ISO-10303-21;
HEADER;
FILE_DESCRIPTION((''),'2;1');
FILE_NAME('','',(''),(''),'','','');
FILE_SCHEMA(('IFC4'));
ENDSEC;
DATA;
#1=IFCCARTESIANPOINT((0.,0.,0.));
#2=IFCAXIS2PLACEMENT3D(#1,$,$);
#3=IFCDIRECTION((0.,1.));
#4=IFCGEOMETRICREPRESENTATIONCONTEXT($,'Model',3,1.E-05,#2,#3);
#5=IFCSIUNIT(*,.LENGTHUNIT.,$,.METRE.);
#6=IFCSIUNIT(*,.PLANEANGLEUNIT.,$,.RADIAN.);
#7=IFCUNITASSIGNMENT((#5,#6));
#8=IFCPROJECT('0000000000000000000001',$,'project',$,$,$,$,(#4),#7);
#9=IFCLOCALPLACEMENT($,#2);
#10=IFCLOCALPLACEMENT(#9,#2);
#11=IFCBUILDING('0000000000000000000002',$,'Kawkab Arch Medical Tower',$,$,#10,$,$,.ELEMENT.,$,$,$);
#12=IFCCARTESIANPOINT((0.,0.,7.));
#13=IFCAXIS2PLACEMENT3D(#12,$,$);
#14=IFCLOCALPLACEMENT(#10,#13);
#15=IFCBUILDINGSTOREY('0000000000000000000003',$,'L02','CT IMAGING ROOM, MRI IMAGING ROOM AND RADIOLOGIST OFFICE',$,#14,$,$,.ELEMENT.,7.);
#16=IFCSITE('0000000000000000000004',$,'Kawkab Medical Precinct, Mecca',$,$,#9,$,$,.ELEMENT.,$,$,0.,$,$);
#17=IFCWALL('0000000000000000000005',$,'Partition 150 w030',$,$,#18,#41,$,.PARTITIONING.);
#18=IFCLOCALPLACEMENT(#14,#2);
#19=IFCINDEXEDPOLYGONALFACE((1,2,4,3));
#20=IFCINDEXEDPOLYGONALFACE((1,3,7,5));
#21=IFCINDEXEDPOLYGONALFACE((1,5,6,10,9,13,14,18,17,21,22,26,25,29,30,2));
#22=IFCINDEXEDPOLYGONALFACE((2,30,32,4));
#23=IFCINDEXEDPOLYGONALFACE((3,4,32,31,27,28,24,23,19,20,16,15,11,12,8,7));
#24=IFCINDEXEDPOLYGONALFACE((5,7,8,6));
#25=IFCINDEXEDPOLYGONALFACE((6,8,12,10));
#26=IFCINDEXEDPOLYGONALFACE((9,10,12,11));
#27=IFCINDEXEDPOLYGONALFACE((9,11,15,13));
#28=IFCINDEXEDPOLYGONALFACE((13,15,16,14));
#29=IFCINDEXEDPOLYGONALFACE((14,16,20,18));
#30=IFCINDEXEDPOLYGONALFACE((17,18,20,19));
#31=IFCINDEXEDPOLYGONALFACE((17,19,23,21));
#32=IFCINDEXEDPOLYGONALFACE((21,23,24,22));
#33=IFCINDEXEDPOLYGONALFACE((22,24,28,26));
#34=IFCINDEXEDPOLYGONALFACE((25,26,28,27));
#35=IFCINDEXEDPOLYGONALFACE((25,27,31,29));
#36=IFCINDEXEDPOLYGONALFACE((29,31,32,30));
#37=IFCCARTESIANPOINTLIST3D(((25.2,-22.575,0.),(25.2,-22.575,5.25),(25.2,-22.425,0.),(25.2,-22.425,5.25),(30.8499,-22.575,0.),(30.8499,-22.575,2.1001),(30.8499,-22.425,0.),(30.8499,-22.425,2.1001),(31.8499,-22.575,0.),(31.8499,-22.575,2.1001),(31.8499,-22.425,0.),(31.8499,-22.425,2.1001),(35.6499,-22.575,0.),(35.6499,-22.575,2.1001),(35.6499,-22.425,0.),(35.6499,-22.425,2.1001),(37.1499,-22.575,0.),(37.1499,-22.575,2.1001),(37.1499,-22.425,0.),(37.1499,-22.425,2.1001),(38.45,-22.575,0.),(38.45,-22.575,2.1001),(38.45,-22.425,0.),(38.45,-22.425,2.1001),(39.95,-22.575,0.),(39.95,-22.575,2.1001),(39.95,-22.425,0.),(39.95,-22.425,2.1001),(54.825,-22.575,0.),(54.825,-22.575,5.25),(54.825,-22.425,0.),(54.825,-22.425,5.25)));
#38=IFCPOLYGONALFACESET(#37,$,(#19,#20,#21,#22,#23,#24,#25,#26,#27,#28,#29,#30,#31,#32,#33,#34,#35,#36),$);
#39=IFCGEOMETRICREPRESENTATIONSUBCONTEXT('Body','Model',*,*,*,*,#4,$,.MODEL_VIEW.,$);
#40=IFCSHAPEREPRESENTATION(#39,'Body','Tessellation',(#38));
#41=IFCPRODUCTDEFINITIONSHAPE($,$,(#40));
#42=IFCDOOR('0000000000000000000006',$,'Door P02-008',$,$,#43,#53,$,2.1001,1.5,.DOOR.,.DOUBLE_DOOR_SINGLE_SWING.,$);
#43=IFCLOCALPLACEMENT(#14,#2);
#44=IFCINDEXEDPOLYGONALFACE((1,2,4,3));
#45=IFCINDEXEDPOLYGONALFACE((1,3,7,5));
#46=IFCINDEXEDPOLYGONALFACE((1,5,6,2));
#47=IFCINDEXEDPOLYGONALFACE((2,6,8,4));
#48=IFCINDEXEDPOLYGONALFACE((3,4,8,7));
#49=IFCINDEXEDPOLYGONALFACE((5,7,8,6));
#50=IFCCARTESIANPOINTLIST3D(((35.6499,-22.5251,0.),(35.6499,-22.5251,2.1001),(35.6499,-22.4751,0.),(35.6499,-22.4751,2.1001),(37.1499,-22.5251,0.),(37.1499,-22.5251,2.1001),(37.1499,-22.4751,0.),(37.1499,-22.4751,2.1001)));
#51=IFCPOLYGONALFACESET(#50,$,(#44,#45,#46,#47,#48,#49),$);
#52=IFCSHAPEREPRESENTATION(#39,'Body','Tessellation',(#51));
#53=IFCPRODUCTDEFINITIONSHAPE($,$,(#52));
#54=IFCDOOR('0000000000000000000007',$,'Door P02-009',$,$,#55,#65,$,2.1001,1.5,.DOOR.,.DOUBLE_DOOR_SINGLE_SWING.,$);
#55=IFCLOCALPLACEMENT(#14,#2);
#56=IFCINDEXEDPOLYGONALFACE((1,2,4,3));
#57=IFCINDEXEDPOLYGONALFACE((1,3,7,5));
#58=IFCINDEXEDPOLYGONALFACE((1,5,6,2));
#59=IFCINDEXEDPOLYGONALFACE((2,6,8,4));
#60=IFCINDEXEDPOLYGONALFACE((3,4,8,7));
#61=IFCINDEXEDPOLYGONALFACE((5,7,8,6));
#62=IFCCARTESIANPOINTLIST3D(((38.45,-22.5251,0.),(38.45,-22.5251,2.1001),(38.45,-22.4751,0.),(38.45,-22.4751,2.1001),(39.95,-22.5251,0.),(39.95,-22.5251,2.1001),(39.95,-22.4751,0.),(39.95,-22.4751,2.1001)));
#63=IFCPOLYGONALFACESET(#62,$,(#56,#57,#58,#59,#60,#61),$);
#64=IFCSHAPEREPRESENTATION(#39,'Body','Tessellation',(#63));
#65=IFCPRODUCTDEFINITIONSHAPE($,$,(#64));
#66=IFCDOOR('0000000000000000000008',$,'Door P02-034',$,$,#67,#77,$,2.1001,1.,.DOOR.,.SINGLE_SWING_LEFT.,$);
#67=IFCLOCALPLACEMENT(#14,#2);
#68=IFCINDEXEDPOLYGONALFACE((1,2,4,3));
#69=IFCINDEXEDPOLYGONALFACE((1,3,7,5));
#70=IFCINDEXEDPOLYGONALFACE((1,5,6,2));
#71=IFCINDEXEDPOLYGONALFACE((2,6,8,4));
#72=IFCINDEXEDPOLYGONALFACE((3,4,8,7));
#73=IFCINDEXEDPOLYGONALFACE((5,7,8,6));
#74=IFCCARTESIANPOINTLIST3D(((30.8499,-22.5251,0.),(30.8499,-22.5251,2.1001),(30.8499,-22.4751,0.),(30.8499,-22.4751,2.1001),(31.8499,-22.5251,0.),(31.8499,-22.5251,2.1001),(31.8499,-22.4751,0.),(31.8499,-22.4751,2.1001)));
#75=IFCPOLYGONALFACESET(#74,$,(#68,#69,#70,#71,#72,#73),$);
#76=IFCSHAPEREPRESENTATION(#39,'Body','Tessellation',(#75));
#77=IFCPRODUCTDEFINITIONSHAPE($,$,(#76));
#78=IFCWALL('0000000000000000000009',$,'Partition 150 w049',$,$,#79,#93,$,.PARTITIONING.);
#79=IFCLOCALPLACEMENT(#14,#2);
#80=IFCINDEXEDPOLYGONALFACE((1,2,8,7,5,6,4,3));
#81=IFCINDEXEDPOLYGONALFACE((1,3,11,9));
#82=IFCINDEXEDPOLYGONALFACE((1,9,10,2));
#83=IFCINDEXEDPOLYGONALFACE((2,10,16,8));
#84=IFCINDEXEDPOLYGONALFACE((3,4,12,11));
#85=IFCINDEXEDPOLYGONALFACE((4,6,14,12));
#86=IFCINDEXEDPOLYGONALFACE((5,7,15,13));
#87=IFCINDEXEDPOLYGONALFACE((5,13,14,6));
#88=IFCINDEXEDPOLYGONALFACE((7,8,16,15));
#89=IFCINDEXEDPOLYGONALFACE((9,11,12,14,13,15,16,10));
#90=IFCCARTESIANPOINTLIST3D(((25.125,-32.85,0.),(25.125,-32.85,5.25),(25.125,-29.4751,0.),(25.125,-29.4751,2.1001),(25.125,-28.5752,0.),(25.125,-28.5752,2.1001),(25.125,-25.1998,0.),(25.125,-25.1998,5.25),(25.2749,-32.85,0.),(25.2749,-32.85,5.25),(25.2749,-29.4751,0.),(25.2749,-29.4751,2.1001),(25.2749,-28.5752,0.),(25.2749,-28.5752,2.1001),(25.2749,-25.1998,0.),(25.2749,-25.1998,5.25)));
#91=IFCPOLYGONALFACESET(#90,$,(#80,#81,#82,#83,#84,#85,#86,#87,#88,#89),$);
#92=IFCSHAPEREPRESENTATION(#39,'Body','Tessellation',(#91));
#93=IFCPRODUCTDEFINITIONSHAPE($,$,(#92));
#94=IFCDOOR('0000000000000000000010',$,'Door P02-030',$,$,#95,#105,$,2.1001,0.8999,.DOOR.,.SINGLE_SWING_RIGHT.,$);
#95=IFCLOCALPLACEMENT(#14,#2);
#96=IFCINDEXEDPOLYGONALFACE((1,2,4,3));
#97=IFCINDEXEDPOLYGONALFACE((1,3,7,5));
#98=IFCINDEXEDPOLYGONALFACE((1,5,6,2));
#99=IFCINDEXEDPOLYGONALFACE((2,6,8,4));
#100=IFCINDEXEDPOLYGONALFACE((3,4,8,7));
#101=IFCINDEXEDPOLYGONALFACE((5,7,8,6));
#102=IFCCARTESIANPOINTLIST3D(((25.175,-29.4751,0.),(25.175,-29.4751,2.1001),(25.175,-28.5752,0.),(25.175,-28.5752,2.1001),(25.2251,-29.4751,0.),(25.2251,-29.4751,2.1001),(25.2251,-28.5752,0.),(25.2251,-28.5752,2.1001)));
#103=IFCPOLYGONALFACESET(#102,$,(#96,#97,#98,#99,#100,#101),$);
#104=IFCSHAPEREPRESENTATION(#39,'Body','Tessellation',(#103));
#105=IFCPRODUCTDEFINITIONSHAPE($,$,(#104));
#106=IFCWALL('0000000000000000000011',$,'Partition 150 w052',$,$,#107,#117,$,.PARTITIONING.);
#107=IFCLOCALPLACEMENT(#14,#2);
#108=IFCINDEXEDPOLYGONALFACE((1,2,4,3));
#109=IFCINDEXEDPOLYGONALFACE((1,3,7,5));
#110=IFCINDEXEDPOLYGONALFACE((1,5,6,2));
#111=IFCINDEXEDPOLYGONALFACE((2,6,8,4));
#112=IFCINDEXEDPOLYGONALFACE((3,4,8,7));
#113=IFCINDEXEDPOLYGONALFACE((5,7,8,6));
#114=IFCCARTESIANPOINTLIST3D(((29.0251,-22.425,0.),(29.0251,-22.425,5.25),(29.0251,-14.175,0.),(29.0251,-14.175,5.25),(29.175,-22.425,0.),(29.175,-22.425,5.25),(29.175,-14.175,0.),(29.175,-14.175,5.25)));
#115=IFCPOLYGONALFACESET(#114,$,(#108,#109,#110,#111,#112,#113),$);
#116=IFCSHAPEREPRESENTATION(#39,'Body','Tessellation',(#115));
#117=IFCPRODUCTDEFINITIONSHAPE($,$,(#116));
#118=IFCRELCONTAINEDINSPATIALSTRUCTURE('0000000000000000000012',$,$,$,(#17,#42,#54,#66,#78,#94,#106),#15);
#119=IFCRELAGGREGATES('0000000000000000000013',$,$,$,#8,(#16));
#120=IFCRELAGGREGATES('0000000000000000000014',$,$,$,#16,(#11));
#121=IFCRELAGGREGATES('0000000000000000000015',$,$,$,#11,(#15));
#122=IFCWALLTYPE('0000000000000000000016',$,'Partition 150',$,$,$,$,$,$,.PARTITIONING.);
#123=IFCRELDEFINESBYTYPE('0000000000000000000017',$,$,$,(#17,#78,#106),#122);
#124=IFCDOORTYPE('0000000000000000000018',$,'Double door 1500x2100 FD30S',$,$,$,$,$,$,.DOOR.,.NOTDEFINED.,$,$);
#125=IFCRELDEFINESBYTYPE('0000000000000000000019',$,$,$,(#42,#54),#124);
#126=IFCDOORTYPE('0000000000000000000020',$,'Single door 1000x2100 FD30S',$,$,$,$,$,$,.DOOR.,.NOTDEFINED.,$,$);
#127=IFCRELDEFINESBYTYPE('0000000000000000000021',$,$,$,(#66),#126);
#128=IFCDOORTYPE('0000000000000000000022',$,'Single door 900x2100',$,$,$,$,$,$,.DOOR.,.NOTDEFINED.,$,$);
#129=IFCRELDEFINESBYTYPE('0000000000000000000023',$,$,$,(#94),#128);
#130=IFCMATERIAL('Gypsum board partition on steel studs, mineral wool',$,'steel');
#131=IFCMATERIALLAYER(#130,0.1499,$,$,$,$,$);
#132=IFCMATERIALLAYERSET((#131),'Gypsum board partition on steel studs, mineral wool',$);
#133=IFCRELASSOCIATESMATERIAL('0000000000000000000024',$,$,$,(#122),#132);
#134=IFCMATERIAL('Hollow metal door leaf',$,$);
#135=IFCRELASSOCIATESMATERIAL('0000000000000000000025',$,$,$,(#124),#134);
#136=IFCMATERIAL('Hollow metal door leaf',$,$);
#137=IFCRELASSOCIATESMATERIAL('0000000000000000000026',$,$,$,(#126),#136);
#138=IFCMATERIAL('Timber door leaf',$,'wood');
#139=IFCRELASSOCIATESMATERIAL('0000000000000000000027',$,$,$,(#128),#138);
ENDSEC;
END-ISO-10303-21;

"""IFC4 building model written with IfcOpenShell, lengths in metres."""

from ifc_helpers import new_model, si_unit, direction, frame, frame_2d, origin, place, context, subcontext, project, spatial, rectangle, extrude, material, layer, layer_set, type_object, element, fill, save


model = new_model("IFC4")

# Units and contexts
model_context = context("Model", 3, precision=1e-05, world=origin(), true_north=direction((0.0, 1.0)))
body_context = subcontext(model_context, "Body", "Model", "MODEL_VIEW")
ifc_project = project(units=[si_unit("LENGTHUNIT", "METRE"), si_unit("PLANEANGLEUNIT", "RADIAN")], contexts=[model_context])

# Site, building, storey
site_placement = place(None, origin())
site = spatial("IfcSite", under=ifc_project, at=site_placement, Name="Kawkab Medical Precinct, Mecca", CompositionType="ELEMENT", RefElevation=0.0)
building_placement = place(site_placement, origin())
building = spatial("IfcBuilding", under=site, at=building_placement, Name="Kawkab Arch Medical Tower", CompositionType="ELEMENT")
storey_placement = place(building_placement, frame((0.0, 0.0, 7.0)))
storey = spatial("IfcBuildingStorey", under=building, at=storey_placement, Name="L02", Description="CT IMAGING ROOM, MRI IMAGING ROOM AND RADIOLOGIST OFFICE", CompositionType="ELEMENT", Elevation=7.0)

# Wall, openings, doors
ifc_material_1 = material(Name="Gypsum board partition on steel studs, mineral wool", Category="steel")
ifc_layer_1 = layer(ifc_material_1, 0.1499)
ifc_layer_set_1 = layer_set([ifc_layer_1], Name="Gypsum board partition on steel studs, mineral wool")
wall_type_1 = type_object("IfcWallType", Name="Partition 150", PredefinedType="PARTITIONING", material=ifc_layer_set_1)
ifc_material_2 = material(Name="Hollow metal door leaf")
door_type_1 = type_object("IfcDoorType", Name="Double door 1500x2100 FD30S", OperationType="NOTDEFINED", PredefinedType="DOOR", material=ifc_material_2)
ifc_material_3 = material(Name="Hollow metal door leaf")
door_type_2 = type_object("IfcDoorType", Name="Single door 1000x2100 FD30S", OperationType="NOTDEFINED", PredefinedType="DOOR", material=ifc_material_3)
wall_1_placement = place(storey_placement, frame((25.2, -22.5, 0.0), z_axis=(0.0, 0.0, 1.0), x_axis=(1.0, 0.0, 0.0)))
wall_1 = element("IfcWall", 1, at=wall_1_placement, inside=storey, type_object=wall_type_1, Name="Partition 150 w030", PredefinedType="PARTITIONING", context=body_context, shape_type="SweptSolid", body=[
    extrude(rectangle(XDim=29.625, YDim=0.1499, at=frame_2d((14.8125, 0.0))), origin(), (0.0, 0.0, 1.0), 5.25),
])
opening_1_placement = place(wall_1_placement, frame((5.6499, 0.0, 0.0)))
opening_1 = element("IfcOpeningElement", 2, at=opening_1_placement, cuts=wall_1, PredefinedType="OPENING", context=body_context, shape_type="SweptSolid", body=[
    extrude(rectangle(XDim=1.0, YDim=2.1001, at=frame_2d((0.5, 1.05))), frame((0.0, 0.085, 0.0), z_axis=(0.0, -1.0, 0.0), x_axis=(1.0, 0.0, 0.0)), (0.0, 0.0, 1.0), 0.1699),
])
opening_2_placement = place(wall_1_placement, frame((10.45, 0.0, 0.0)))
opening_2 = element("IfcOpeningElement", 3, at=opening_2_placement, cuts=wall_1, PredefinedType="OPENING", context=body_context, shape_type="SweptSolid", body=[
    extrude(rectangle(XDim=1.5, YDim=2.1001, at=frame_2d((0.75, 1.05))), frame((0.0, 0.085, 0.0), z_axis=(0.0, -1.0, 0.0), x_axis=(1.0, 0.0, 0.0)), (0.0, 0.0, 1.0), 0.1699),
])
opening_3_placement = place(wall_1_placement, frame((13.25, 0.0, 0.0)))
opening_3 = element("IfcOpeningElement", 4, at=opening_3_placement, cuts=wall_1, PredefinedType="OPENING", context=body_context, shape_type="SweptSolid", body=[
    extrude(rectangle(XDim=1.5, YDim=2.1001, at=frame_2d((0.75, 1.05))), frame((0.0, 0.085, 0.0), z_axis=(0.0, -1.0, 0.0), x_axis=(1.0, 0.0, 0.0)), (0.0, 0.0, 1.0), 0.1699),
])
door_1_placement = place(opening_2_placement, origin())
door_1 = element("IfcDoor", 5, at=door_1_placement, inside=storey, type_object=door_type_1, Name="Door P02-008", OperationType="DOUBLE_DOOR_SINGLE_SWING", OverallHeight=2.1001, OverallWidth=1.5, PredefinedType="DOOR", context=body_context, shape_type="SweptSolid", body=[
    extrude(rectangle(XDim=1.5, YDim=2.1001, at=frame_2d((0.75, 1.05))), frame((0.0, 0.0249, 0.0), z_axis=(0.0, -1.0, 0.0), x_axis=(1.0, 0.0, 0.0)), (0.0, 0.0, 1.0), 0.05),
])
fill(opening_2, door_1)
door_2_placement = place(opening_3_placement, origin())
door_2 = element("IfcDoor", 6, at=door_2_placement, inside=storey, type_object=door_type_1, Name="Door P02-009", OperationType="DOUBLE_DOOR_SINGLE_SWING", OverallHeight=2.1001, OverallWidth=1.5, PredefinedType="DOOR", context=body_context, shape_type="SweptSolid", body=[
    extrude(rectangle(XDim=1.5, YDim=2.1001, at=frame_2d((0.75, 1.05))), frame((0.0, 0.0249, 0.0), z_axis=(0.0, -1.0, 0.0), x_axis=(1.0, 0.0, 0.0)), (0.0, 0.0, 1.0), 0.05),
])
fill(opening_3, door_2)
door_3_placement = place(opening_1_placement, origin())
door_3 = element("IfcDoor", 7, at=door_3_placement, inside=storey, type_object=door_type_2, Name="Door P02-034", OperationType="SINGLE_SWING_LEFT", OverallHeight=2.1001, OverallWidth=1.0, PredefinedType="DOOR", context=body_context, shape_type="SweptSolid", body=[
    extrude(rectangle(XDim=1.0, YDim=2.1001, at=frame_2d((0.5, 1.05))), frame((0.0, 0.0249, 0.0), z_axis=(0.0, -1.0, 0.0), x_axis=(1.0, 0.0, 0.0)), (0.0, 0.0, 1.0), 0.05),
])
fill(opening_1, door_3)

# Wall, opening, door
wall_2_placement = place(storey_placement, frame((25.2, -32.8501, 0.0), z_axis=(0.0, 0.0, 1.0), x_axis=(0.0, 1.0, 0.0)))
wall_2 = element("IfcWall", 8, at=wall_2_placement, inside=storey, type_object=wall_type_1, Name="Partition 150 w049", PredefinedType="PARTITIONING", context=body_context, shape_type="SweptSolid", body=[
    extrude(rectangle(XDim=7.6501, YDim=0.1499, at=frame_2d((3.8252, 0.0))), origin(), (0.0, 0.0, 1.0), 5.25),
])
opening_4_placement = place(wall_2_placement, frame((3.375, 0.0, 0.0)))
opening_4 = element("IfcOpeningElement", 9, at=opening_4_placement, cuts=wall_2, PredefinedType="OPENING", context=body_context, shape_type="SweptSolid", body=[
    extrude(rectangle(XDim=0.8999, YDim=2.1001, at=frame_2d((0.45, 1.05))), frame((0.0, 0.085, 0.0), z_axis=(0.0, -1.0, 0.0), x_axis=(1.0, 0.0, 0.0)), (0.0, 0.0, 1.0), 0.1699),
])
ifc_material_4 = material(Name="Timber door leaf", Category="wood")
door_type_3 = type_object("IfcDoorType", Name="Single door 900x2100", OperationType="NOTDEFINED", PredefinedType="DOOR", material=ifc_material_4)
door_4_placement = place(opening_4_placement, origin())
door_4 = element("IfcDoor", 10, at=door_4_placement, inside=storey, type_object=door_type_3, Name="Door P02-030", OperationType="SINGLE_SWING_RIGHT", OverallHeight=2.1001, OverallWidth=0.8999, PredefinedType="DOOR", context=body_context, shape_type="SweptSolid", body=[
    extrude(rectangle(XDim=0.8999, YDim=2.1001, at=frame_2d((0.45, 1.05))), frame((0.0, 0.0249, 0.0), z_axis=(0.0, -1.0, 0.0), x_axis=(1.0, 0.0, 0.0)), (0.0, 0.0, 1.0), 0.05),
])
fill(opening_4, door_4)

# Wall
wall_3_placement = place(storey_placement, frame((29.1001, -22.425, 0.0), z_axis=(0.0, 0.0, 1.0), x_axis=(0.0, 1.0, 0.0)))
element("IfcWall", 11, at=wall_3_placement, inside=storey, type_object=wall_type_1, Name="Partition 150 w052", PredefinedType="PARTITIONING", context=body_context, shape_type="SweptSolid", body=[
    extrude(rectangle(XDim=8.25, YDim=0.1499, at=frame_2d((4.125, 0.0))), origin(), (0.0, 0.0, 1.0), 5.25),
])

save(model, "model.ifc")
